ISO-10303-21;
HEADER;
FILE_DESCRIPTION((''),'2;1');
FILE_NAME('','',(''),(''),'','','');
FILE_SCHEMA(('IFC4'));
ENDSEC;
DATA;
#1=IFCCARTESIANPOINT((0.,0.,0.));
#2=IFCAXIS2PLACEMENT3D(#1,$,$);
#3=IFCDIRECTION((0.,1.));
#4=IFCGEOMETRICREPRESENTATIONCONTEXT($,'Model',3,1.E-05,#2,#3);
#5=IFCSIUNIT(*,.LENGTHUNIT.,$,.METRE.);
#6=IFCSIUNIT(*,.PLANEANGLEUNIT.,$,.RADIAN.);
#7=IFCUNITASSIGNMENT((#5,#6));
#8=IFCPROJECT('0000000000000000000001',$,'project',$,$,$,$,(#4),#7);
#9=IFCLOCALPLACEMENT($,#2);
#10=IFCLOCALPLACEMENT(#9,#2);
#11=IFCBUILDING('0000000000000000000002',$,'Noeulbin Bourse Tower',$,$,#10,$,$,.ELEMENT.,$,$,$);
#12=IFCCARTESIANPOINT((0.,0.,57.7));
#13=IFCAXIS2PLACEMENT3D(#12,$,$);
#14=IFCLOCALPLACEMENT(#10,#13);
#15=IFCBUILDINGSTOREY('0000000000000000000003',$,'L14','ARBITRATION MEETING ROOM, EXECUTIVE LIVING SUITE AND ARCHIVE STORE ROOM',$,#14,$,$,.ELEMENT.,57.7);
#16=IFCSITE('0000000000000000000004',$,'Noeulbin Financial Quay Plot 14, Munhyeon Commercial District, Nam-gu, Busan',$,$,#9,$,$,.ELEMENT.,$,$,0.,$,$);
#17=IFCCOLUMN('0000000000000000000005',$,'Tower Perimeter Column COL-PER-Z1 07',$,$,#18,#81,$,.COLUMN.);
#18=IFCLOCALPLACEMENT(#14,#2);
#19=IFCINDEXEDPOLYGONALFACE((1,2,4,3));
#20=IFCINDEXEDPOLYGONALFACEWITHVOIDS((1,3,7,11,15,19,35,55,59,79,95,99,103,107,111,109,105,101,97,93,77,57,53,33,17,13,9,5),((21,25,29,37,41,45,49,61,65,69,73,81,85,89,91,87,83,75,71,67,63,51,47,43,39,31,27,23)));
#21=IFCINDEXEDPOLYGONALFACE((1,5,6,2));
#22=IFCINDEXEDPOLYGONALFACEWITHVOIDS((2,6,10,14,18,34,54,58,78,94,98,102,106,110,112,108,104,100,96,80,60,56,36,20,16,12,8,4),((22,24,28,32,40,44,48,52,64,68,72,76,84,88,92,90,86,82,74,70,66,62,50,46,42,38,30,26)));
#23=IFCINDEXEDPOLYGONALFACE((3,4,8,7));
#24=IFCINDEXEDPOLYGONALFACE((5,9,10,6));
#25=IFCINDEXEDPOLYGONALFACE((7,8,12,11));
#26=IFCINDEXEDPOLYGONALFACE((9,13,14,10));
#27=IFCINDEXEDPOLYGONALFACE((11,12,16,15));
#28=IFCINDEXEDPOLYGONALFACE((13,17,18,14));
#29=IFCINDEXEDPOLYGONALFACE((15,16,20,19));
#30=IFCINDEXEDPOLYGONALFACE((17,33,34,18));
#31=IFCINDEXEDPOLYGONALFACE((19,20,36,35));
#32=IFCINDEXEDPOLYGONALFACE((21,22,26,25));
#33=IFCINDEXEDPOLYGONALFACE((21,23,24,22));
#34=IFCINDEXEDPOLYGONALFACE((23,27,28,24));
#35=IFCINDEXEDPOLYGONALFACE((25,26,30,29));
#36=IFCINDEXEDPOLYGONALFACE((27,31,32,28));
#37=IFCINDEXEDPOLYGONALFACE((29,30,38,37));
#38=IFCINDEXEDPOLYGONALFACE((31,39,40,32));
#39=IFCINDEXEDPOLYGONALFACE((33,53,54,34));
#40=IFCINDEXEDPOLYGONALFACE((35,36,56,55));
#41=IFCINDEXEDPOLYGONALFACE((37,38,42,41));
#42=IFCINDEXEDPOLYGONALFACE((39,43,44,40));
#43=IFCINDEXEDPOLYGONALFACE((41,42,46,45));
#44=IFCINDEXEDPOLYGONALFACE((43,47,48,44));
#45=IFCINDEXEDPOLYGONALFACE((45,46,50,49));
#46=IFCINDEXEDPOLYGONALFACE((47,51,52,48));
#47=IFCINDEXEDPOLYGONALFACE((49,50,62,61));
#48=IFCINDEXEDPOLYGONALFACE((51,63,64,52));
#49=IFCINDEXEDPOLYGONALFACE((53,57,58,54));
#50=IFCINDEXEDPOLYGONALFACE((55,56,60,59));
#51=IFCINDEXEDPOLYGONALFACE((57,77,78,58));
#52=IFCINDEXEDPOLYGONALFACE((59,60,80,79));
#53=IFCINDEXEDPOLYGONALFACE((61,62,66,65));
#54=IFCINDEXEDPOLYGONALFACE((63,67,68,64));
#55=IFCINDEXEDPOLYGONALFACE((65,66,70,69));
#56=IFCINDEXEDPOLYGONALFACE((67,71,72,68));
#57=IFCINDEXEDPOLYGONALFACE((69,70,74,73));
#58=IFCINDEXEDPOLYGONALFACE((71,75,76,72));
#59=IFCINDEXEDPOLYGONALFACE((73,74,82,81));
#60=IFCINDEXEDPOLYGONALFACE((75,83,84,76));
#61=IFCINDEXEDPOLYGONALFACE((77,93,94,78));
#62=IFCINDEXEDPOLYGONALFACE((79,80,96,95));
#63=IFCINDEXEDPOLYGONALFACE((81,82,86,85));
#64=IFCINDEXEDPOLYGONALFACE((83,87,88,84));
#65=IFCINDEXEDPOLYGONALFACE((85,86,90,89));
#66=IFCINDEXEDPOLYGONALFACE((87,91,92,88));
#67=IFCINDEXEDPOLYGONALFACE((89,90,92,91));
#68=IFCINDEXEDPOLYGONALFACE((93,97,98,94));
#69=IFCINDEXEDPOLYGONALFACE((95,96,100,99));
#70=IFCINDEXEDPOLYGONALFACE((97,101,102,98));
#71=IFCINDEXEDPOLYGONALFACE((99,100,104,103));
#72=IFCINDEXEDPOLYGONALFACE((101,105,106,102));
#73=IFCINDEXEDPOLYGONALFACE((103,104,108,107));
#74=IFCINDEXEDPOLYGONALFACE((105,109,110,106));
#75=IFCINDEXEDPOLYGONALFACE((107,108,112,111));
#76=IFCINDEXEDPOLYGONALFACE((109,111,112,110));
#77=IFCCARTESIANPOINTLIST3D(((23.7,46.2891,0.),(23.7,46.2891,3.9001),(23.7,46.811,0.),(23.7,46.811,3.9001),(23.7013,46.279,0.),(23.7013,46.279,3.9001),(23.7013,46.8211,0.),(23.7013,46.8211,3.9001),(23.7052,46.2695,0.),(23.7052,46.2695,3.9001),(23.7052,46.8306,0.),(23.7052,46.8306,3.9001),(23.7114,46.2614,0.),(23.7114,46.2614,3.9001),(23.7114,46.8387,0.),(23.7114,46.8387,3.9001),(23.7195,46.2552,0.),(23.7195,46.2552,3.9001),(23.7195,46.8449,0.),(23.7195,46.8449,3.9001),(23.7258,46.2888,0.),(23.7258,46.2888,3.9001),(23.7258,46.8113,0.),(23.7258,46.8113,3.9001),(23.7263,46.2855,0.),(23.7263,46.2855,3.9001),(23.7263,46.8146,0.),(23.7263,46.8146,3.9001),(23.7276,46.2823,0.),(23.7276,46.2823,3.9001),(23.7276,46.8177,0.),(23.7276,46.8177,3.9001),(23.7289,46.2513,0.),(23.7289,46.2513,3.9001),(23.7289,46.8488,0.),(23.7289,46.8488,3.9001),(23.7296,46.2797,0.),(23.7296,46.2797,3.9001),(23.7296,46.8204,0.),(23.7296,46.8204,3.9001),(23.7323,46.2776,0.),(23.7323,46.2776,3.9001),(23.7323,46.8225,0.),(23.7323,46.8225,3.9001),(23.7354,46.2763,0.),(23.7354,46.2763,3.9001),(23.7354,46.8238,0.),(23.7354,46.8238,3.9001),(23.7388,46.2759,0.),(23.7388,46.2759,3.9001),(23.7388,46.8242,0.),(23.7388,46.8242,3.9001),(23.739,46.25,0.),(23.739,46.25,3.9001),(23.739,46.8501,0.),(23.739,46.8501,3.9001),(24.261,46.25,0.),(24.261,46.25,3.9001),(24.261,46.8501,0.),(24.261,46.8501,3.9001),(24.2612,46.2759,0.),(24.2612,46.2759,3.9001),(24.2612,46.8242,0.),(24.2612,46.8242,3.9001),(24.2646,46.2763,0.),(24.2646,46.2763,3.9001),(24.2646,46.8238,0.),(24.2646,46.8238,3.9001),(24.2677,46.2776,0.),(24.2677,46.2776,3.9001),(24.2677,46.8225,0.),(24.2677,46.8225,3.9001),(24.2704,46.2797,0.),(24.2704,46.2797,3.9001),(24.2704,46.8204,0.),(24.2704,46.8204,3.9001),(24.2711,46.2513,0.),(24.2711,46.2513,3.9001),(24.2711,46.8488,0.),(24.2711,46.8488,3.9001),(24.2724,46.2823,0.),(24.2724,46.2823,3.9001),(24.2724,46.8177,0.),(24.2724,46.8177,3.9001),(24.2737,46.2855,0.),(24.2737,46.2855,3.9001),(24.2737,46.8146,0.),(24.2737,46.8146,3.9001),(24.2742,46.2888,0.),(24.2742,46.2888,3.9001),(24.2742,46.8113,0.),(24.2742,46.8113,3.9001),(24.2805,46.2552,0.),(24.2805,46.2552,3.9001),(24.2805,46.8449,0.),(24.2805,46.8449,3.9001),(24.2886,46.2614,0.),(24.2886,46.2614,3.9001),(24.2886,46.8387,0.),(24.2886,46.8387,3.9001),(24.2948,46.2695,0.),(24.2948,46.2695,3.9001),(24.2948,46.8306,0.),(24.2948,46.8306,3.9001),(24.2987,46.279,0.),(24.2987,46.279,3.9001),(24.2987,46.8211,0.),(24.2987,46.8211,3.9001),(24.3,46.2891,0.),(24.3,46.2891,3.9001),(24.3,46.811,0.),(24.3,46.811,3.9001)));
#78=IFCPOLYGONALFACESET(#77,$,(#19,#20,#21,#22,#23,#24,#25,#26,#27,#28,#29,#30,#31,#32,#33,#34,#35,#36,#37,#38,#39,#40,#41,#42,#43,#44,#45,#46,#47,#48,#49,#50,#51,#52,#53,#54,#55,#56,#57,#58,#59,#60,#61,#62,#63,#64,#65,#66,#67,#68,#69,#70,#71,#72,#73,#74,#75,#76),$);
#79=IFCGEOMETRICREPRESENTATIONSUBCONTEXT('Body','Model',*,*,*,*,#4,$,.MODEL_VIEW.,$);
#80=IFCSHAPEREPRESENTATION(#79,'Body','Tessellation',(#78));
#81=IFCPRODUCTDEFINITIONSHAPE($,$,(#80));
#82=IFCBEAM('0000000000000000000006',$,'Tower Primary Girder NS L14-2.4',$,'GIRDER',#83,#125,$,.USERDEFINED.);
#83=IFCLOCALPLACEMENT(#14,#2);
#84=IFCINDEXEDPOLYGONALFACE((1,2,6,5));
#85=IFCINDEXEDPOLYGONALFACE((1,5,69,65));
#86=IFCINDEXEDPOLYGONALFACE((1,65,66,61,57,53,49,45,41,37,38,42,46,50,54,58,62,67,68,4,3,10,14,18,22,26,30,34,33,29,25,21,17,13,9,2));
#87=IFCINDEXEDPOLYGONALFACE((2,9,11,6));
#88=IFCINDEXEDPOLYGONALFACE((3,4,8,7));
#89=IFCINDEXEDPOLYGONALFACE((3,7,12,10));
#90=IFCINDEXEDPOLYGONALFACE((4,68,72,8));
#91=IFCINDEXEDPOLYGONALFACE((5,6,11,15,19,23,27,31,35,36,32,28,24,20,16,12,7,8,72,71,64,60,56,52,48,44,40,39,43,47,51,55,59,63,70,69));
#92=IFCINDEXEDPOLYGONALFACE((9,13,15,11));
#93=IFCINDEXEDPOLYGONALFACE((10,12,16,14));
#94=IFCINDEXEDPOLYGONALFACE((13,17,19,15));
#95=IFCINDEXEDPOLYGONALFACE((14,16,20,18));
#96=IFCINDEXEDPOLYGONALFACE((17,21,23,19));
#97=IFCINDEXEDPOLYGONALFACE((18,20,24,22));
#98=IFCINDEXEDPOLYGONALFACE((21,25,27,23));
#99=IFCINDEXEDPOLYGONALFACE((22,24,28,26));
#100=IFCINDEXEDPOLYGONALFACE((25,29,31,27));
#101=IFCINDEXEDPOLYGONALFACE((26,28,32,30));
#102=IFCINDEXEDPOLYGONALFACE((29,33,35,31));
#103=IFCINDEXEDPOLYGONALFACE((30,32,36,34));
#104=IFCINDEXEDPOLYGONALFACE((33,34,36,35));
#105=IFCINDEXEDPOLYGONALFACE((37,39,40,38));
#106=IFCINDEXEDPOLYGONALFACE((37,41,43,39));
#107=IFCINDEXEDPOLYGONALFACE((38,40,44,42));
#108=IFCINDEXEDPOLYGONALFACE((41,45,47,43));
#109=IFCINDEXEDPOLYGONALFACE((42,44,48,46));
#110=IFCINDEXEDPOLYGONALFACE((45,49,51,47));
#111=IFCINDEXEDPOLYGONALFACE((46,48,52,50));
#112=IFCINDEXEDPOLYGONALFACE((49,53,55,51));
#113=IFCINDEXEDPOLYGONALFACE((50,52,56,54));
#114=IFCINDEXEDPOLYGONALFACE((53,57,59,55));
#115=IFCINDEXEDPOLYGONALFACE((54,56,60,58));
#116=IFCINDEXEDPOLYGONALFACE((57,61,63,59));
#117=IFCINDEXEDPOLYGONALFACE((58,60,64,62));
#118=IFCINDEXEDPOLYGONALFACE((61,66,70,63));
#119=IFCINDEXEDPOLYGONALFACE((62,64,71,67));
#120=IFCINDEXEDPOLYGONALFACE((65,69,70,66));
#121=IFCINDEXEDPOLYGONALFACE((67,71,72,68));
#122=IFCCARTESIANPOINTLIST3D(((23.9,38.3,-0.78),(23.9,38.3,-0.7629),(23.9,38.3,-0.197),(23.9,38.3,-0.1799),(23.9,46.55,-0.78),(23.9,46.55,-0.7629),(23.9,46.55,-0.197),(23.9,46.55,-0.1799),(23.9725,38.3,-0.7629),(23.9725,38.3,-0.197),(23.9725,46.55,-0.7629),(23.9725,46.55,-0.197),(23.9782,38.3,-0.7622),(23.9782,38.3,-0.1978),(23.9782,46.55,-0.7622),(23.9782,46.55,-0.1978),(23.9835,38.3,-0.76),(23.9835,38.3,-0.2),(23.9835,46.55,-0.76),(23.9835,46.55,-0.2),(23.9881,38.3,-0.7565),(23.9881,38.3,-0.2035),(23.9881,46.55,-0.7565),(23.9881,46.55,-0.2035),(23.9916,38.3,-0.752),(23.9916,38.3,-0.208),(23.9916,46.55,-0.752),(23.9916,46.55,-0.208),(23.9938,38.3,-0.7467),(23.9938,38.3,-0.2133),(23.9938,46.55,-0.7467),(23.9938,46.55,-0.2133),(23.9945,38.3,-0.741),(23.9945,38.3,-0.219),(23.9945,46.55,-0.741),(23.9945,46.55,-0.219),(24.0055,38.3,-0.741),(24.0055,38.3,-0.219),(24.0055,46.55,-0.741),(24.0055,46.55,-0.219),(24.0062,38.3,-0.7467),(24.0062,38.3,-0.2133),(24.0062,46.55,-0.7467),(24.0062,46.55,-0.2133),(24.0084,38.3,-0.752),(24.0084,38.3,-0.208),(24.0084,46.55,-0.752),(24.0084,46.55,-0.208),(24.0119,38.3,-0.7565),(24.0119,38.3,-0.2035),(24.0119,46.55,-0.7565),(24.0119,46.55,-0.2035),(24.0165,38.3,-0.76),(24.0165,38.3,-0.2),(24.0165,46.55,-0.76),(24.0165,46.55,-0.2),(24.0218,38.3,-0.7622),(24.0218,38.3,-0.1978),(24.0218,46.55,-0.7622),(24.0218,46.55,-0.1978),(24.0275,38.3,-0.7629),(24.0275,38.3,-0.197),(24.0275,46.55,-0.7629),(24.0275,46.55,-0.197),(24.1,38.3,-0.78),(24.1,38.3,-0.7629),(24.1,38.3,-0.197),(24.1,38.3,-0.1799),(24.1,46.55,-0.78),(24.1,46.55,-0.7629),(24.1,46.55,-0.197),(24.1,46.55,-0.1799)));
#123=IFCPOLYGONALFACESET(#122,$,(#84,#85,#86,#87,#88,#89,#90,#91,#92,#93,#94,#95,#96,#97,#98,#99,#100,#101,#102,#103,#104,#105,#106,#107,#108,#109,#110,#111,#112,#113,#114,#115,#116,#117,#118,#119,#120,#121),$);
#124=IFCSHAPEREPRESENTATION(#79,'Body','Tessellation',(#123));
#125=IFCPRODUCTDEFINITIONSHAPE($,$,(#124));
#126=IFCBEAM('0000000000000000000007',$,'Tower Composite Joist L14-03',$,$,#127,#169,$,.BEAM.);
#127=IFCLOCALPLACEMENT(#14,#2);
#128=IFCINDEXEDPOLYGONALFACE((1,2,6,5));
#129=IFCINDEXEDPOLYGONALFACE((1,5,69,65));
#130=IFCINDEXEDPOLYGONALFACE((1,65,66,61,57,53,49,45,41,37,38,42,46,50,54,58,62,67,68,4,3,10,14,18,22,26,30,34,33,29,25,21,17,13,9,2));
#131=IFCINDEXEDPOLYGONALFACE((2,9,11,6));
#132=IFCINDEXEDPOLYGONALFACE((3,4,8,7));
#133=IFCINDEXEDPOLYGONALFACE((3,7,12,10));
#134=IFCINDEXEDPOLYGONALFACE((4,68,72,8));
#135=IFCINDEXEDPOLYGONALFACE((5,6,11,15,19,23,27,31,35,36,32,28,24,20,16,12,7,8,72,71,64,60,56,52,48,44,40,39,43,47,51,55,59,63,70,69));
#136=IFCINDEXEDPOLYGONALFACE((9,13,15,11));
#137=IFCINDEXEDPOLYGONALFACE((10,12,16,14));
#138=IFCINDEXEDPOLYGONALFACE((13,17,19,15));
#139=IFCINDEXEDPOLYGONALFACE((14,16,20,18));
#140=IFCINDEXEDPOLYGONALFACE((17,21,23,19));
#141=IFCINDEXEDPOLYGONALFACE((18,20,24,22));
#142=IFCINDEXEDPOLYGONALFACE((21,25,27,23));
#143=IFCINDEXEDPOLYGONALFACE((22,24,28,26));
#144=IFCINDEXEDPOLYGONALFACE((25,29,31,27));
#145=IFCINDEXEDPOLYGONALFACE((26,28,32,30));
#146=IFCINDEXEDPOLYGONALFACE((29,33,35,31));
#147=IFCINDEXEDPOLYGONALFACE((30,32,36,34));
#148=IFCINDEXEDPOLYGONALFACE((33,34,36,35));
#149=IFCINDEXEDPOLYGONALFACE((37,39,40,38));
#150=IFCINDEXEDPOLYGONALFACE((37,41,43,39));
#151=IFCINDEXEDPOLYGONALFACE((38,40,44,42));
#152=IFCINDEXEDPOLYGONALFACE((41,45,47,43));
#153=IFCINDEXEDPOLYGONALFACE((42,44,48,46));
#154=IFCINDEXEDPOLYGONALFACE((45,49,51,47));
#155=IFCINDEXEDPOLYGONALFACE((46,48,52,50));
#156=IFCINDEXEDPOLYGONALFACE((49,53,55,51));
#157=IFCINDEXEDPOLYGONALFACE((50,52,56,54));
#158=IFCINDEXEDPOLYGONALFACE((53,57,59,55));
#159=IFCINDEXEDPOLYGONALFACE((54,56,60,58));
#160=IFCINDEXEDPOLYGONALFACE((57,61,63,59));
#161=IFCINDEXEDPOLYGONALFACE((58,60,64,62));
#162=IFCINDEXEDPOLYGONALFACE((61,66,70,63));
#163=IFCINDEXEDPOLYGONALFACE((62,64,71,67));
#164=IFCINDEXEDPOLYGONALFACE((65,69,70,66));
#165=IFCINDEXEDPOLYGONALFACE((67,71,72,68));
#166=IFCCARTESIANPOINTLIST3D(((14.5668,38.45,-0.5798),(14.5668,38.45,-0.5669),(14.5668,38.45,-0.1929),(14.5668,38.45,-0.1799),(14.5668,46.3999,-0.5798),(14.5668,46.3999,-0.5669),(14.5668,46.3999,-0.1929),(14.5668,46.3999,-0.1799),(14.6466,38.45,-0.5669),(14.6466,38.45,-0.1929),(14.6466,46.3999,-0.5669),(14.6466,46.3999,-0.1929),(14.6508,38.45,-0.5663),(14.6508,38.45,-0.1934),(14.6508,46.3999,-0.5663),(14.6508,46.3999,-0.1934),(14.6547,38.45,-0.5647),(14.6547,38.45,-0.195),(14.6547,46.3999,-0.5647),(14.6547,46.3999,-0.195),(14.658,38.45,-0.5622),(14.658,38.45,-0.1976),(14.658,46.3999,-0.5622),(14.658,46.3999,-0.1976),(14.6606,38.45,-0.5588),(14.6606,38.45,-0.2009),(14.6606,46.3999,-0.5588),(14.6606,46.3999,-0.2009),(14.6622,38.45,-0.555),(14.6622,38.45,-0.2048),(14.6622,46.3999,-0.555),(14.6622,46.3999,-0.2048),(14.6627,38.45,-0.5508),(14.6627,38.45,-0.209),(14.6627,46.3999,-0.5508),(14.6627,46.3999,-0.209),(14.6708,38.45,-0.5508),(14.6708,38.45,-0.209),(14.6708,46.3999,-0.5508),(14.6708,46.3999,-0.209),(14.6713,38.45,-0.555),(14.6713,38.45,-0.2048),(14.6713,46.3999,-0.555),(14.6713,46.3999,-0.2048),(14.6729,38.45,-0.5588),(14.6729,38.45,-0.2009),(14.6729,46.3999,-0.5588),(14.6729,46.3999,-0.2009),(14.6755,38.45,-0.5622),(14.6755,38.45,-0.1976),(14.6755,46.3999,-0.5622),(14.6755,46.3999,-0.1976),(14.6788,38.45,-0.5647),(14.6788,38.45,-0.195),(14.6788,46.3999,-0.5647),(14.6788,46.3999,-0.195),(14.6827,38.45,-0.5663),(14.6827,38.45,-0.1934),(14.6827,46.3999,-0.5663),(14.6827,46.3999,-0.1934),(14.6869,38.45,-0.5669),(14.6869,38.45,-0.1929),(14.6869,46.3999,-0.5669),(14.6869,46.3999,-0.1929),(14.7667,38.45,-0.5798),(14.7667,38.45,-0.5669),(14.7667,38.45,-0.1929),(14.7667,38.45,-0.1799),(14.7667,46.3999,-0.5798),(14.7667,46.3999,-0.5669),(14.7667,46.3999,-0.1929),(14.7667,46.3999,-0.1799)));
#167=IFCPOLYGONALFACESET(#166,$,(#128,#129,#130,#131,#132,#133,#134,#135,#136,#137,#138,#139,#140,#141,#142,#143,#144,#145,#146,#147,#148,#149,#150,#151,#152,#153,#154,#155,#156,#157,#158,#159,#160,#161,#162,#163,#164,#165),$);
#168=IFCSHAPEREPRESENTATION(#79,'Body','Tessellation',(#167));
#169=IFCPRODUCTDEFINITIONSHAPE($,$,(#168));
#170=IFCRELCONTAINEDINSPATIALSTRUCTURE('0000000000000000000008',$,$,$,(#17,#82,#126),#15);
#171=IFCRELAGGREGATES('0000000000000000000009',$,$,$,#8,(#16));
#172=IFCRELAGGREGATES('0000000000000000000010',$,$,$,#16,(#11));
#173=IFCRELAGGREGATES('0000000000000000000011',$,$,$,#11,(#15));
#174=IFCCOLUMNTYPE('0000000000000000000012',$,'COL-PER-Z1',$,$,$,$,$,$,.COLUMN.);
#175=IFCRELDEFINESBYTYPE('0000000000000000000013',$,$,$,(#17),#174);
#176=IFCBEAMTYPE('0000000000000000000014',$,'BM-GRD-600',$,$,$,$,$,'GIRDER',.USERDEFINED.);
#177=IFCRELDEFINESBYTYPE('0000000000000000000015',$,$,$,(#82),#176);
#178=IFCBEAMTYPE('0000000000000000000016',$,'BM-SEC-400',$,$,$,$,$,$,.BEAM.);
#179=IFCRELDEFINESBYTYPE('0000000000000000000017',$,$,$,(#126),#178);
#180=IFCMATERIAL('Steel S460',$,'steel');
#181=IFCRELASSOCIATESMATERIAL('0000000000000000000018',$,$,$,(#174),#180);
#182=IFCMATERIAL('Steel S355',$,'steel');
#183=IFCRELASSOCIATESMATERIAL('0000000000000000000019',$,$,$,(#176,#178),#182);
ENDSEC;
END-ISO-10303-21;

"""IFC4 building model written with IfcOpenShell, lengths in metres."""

from ifc_helpers import new_model, si_unit, direction, frame, origin, origin_2d, place, context, subcontext, project, spatial, hollow_rectangle, i_section, extrude, material, material_profile, profile_set, type_object, element, save


model = new_model("IFC4")

# Units and contexts
model_context = context("Model", 3, precision=1e-05, world=origin(), true_north=direction((0.0, 1.0)))
body_context = subcontext(model_context, "Body", "Model", "MODEL_VIEW")
ifc_project = project(units=[si_unit("LENGTHUNIT", "METRE"), si_unit("PLANEANGLEUNIT", "RADIAN")], contexts=[model_context])

# Site, building, storey
site_placement = place(None, origin())
site = spatial("IfcSite", under=ifc_project, at=site_placement, Name="Noeulbin Financial Quay Plot 14, Munhyeon Commercial District, Nam-gu, Busan", CompositionType="ELEMENT", RefElevation=0.0)
building_placement = place(site_placement, origin())
building = spatial("IfcBuilding", under=site, at=building_placement, Name="Noeulbin Bourse Tower", CompositionType="ELEMENT")
storey_placement = place(building_placement, frame((0.0, 0.0, 57.7)))
storey = spatial("IfcBuildingStorey", under=building, at=storey_placement, Name="L14", Description="ARBITRATION MEETING ROOM, EXECUTIVE LIVING SUITE AND ARCHIVE STORE ROOM", CompositionType="ELEMENT", Elevation=57.7)

# Column
ifc_material_1 = material(Name="Steel S460", Category="steel")
ifc_material_profile_1 = material_profile(ifc_material_1, hollow_rectangle(XDim=0.6001, YDim=0.6001, WallThickness=0.0259, InnerFilletRadius=0.0129, OuterFilletRadius=0.0391, at=origin_2d()), Name="BOX-600x600x26", Category="LoadBearing")
ifc_profile_set_1 = profile_set([ifc_material_profile_1], Name="Steel S460")
column_type = type_object("IfcColumnType", Name="COL-PER-Z1", PredefinedType="COLUMN", material=ifc_profile_set_1)
column_placement = place(storey_placement, frame((24.0, 46.55, 0.0), z_axis=(0.0, 0.0, 1.0), x_axis=(1.0, 0.0, 0.0)))
element("IfcColumn", 1, at=column_placement, inside=storey, type_object=column_type, Name="Tower Perimeter Column COL-PER-Z1 07", PredefinedType="COLUMN", context=body_context, shape_type="SweptSolid", body=[
    extrude(hollow_rectangle(XDim=0.6001, YDim=0.6001, WallThickness=0.0259, InnerFilletRadius=0.0129, OuterFilletRadius=0.0391, at=origin_2d()), origin(), (0.0, 0.0, 1.0), 3.9001),
])

# Beams
ifc_material_2 = material(Name="Steel S355", Category="steel")
ifc_material_profile_2 = material_profile(ifc_material_2, i_section(OverallWidth=0.2, OverallDepth=0.6001, WebThickness=0.011, FlangeThickness=0.0171, FilletRadius=0.022, at=origin_2d()), Name="H-600x200x11x17", Category="LoadBearing")
ifc_profile_set_2 = profile_set([ifc_material_profile_2], Name="Steel S355")
beam_type_1 = type_object("IfcBeamType", Name="BM-GRD-600", ElementType="GIRDER", PredefinedType="USERDEFINED", material=ifc_profile_set_2)
beam_1_placement = place(storey_placement, frame((24.0, 38.3, -0.48), z_axis=(0.0, 1.0, 0.0), x_axis=(-1.0, 0.0, 0.0)))
element("IfcBeam", 2, at=beam_1_placement, inside=storey, type_object=beam_type_1, Name="Tower Primary Girder NS L14-2.4", ObjectType="GIRDER", PredefinedType="USERDEFINED", context=body_context, shape_type="SweptSolid", body=[
    extrude(i_section(OverallWidth=0.2, OverallDepth=0.6001, WebThickness=0.011, FlangeThickness=0.0171, FilletRadius=0.022, at=origin_2d()), origin(), (0.0, 0.0, 1.0), 8.25),
])
ifc_material_profile_3 = material_profile(ifc_material_2, i_section(OverallWidth=0.2, OverallDepth=0.3999, WebThickness=0.0081, FlangeThickness=0.0129, FilletRadius=0.0161, at=origin_2d()), Name="H-400x200x8x13", Category="LoadBearing")
ifc_profile_set_3 = profile_set([ifc_material_profile_3], Name="Steel S355")
beam_type_2 = type_object("IfcBeamType", Name="BM-SEC-400", PredefinedType="BEAM", material=ifc_profile_set_3)
for number, where, z_axis, x_axis, name in (
    (3, (14.6667, 38.45, -0.3799), (0.0, 1.0, 0.0), (-1.0, 0.0, 0.0), "Tower Composite Joist L14-03"),
):
    element("IfcBeam", number, at=place(storey_placement, frame(where, z_axis=z_axis, x_axis=x_axis)), inside=storey, type_object=beam_type_2, Name=name, PredefinedType="BEAM", context=body_context, shape_type="SweptSolid", body=[
        extrude(i_section(OverallWidth=0.2, OverallDepth=0.3999, WebThickness=0.0081, FlangeThickness=0.0129, FilletRadius=0.0161, at=origin_2d()), origin(), (0.0, 0.0, 1.0), 7.95),
    ])

save(model, "model.ifc")
